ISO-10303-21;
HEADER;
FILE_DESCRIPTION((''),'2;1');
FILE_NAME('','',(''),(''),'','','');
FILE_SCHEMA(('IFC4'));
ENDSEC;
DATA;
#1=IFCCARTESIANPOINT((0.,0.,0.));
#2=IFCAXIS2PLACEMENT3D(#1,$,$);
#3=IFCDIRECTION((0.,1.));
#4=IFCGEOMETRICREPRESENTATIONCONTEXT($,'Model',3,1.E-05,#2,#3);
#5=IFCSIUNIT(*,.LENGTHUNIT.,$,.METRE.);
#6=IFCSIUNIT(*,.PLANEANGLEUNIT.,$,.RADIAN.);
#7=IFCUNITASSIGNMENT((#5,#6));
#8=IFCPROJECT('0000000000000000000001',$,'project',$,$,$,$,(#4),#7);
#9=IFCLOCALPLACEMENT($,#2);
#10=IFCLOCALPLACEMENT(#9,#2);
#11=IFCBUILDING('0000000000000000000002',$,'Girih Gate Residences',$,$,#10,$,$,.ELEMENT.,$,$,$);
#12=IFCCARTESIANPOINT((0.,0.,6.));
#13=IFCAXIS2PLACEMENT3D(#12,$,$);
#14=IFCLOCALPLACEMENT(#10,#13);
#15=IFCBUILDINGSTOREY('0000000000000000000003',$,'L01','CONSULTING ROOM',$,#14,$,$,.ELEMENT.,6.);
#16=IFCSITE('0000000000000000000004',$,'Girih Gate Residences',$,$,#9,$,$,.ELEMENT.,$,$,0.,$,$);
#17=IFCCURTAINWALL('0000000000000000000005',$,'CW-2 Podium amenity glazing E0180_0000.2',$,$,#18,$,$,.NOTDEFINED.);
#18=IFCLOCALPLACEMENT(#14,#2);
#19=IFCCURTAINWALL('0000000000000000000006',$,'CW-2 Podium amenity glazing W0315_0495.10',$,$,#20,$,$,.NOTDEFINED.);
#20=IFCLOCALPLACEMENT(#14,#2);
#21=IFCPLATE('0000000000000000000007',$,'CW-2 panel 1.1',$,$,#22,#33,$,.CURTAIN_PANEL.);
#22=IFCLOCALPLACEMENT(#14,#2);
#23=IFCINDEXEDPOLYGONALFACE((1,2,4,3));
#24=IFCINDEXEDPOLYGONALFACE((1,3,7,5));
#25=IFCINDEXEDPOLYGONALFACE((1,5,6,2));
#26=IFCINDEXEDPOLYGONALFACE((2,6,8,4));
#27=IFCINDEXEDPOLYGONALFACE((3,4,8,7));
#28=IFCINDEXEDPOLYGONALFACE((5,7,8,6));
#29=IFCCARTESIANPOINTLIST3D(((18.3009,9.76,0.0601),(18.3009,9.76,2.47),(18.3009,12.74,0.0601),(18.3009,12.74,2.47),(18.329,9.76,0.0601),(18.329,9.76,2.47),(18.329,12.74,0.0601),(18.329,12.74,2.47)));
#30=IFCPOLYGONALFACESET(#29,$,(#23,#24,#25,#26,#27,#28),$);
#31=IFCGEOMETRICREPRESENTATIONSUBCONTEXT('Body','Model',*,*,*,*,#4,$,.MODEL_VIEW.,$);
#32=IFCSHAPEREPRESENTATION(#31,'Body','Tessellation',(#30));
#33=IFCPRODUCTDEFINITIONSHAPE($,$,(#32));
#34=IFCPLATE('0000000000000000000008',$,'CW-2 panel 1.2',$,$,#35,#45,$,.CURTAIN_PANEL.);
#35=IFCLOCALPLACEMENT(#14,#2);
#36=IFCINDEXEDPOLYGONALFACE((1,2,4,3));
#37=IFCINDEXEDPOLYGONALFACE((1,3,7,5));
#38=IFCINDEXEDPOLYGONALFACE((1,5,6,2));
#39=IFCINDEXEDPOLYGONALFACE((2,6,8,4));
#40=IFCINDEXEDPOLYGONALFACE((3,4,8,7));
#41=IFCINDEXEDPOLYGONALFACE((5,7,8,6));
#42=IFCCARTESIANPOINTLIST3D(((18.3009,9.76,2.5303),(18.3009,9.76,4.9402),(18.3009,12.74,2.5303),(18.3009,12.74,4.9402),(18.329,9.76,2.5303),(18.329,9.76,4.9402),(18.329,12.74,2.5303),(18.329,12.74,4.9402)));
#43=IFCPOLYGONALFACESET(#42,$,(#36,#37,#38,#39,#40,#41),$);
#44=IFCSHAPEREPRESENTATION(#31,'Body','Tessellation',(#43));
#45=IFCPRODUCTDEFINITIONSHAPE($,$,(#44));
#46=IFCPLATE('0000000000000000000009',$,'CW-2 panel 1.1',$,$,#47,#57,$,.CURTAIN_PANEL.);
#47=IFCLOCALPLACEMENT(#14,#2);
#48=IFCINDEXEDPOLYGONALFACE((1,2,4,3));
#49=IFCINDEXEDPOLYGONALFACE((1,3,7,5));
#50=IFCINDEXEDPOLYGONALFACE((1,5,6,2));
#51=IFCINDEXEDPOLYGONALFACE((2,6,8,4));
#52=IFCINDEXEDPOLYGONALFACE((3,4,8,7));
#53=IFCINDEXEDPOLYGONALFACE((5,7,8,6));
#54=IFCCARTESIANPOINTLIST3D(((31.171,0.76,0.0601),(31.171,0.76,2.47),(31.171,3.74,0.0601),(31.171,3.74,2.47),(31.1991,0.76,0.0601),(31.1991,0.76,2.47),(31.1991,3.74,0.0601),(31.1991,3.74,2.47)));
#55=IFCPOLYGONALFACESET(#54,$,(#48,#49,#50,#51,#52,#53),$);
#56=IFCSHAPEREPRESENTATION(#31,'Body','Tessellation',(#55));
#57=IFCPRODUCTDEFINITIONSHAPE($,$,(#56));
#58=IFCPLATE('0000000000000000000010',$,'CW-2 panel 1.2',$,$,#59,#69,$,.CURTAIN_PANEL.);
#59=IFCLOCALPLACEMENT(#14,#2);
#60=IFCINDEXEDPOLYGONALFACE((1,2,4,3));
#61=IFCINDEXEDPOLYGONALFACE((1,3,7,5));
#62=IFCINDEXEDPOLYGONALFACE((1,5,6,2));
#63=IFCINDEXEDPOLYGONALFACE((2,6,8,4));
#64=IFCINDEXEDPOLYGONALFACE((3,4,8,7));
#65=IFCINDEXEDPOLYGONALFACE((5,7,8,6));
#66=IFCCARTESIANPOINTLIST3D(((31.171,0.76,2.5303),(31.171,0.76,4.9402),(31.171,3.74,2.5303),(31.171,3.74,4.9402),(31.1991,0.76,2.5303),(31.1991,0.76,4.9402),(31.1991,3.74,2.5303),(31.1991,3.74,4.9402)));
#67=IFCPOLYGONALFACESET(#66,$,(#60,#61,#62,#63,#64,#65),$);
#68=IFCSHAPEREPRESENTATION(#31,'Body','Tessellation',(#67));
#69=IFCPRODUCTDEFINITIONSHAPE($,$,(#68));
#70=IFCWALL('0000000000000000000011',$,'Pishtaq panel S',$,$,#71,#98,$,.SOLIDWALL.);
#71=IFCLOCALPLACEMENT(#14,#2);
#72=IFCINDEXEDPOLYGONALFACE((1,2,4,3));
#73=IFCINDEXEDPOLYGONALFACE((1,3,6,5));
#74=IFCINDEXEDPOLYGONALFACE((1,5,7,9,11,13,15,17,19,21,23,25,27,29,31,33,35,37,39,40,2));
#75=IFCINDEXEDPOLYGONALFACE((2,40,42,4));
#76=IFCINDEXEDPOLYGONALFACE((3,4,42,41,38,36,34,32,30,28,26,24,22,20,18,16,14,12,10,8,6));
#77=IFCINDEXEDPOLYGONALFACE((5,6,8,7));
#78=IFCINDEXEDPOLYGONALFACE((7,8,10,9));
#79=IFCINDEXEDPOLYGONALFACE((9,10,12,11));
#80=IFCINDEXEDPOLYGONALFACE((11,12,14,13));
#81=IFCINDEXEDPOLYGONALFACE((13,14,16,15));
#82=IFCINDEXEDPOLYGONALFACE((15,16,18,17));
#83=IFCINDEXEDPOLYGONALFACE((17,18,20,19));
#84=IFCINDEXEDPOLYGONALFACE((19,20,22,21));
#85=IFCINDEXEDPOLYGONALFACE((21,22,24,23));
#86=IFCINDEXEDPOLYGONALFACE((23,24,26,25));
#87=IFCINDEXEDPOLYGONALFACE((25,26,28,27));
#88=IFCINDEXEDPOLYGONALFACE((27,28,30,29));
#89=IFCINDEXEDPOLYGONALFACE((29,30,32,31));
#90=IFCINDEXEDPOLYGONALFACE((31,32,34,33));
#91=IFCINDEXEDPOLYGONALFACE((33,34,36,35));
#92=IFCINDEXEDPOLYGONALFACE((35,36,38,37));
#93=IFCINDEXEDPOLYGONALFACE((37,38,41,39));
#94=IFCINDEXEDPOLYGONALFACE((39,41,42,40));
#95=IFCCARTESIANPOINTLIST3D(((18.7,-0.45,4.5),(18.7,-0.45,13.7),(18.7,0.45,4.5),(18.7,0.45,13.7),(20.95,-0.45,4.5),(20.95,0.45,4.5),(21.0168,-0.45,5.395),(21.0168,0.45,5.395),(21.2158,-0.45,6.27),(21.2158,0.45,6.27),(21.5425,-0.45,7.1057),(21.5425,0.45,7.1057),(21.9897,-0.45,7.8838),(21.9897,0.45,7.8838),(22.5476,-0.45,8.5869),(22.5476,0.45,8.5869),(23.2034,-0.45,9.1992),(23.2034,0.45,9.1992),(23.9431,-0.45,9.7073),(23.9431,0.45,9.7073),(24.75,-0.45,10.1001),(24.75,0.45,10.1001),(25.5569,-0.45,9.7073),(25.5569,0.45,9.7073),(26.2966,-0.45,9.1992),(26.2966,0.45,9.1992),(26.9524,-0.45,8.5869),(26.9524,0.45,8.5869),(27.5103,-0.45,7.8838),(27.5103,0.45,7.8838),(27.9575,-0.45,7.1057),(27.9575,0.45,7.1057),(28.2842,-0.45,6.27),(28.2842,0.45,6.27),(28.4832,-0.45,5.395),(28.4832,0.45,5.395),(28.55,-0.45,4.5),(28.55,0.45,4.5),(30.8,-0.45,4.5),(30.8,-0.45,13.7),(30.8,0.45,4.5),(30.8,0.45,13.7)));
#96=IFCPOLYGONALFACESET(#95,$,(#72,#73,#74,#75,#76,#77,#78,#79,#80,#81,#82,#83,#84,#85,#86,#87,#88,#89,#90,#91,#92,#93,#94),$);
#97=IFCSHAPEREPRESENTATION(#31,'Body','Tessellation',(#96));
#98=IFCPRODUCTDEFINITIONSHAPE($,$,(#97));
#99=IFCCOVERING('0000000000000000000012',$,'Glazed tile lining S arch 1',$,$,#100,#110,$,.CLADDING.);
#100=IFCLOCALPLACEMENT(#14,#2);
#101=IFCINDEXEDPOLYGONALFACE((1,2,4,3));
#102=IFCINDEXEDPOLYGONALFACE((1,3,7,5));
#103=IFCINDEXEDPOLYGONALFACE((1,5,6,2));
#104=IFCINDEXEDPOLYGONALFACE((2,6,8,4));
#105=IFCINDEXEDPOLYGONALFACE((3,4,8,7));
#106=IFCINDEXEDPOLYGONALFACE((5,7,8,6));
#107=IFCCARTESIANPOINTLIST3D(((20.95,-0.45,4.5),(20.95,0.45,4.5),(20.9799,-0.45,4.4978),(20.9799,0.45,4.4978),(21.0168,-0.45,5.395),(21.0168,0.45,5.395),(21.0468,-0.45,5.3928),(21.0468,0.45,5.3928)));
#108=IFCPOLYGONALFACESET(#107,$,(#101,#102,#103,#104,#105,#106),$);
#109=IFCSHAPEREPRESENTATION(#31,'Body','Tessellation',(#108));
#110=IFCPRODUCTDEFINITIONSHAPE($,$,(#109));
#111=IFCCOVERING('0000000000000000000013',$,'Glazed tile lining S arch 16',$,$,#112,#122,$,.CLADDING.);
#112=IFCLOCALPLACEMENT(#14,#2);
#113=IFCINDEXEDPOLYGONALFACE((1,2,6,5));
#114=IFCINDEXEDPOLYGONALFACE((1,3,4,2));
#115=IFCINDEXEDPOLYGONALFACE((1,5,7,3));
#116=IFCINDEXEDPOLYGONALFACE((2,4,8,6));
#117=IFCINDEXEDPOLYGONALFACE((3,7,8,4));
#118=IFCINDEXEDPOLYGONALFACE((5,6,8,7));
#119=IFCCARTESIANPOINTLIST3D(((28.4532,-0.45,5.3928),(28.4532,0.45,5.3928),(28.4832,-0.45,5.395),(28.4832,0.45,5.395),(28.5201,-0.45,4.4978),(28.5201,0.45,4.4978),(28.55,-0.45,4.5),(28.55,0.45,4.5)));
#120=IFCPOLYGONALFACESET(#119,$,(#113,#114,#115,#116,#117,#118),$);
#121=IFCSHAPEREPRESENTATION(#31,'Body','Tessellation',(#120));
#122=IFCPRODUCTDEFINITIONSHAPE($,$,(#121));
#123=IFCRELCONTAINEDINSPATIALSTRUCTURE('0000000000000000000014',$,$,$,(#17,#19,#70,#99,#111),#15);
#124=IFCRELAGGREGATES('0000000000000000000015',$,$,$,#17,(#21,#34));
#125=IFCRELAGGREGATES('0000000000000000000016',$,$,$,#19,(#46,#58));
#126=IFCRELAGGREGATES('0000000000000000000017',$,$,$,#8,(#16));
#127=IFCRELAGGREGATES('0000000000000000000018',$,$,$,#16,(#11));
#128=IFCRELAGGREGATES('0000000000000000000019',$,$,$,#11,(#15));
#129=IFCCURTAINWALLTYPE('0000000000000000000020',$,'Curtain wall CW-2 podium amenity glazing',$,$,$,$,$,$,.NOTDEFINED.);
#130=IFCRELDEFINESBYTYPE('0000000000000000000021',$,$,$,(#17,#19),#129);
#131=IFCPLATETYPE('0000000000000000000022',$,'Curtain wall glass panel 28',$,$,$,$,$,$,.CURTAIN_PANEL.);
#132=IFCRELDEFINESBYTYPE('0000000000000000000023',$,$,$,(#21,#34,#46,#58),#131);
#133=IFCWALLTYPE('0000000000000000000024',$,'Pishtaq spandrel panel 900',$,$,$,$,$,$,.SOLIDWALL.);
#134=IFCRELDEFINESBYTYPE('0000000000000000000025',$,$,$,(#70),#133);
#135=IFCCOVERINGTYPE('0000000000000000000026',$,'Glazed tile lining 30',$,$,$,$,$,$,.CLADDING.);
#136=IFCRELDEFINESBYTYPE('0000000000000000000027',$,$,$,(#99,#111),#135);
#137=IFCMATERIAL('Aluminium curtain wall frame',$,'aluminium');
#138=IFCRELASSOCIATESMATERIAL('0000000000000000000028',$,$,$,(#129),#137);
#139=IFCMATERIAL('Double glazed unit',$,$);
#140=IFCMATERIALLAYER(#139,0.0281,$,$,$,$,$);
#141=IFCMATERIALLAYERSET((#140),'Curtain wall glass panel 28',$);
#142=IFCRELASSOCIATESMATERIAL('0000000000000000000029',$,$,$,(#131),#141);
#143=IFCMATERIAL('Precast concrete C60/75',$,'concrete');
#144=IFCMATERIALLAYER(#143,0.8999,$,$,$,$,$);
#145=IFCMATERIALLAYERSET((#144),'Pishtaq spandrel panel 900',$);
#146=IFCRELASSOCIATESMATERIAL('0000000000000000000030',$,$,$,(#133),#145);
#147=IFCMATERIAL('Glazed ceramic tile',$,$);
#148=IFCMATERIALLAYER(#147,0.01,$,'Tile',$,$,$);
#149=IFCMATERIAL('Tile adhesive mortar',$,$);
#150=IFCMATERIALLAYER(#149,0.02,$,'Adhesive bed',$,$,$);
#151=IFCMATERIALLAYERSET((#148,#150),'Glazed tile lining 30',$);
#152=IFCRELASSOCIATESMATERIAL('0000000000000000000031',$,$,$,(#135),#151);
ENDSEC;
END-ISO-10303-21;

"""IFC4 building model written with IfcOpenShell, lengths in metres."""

from ifc_helpers import new_model, si_unit, direction, frame, origin, origin_2d, place, context, subcontext, project, spatial, polyline, rectangle, outline, extrude, material, layer, layer_set, type_object, element, aggregate, save


model = new_model("IFC4")

# Units and contexts
model_context = context("Model", 3, precision=1e-05, world=origin(), true_north=direction((0.0, 1.0)))
body_context = subcontext(model_context, "Body", "Model", "MODEL_VIEW")
ifc_project = project(units=[si_unit("LENGTHUNIT", "METRE"), si_unit("PLANEANGLEUNIT", "RADIAN")], contexts=[model_context])

# Site, building, storey
site_placement = place(None, origin())
site = spatial("IfcSite", under=ifc_project, at=site_placement, Name="Girih Gate Residences", CompositionType="ELEMENT", RefElevation=0.0)
building_placement = place(site_placement, origin())
building = spatial("IfcBuilding", under=site, at=building_placement, Name="Girih Gate Residences", CompositionType="ELEMENT")
storey_placement = place(building_placement, frame((0.0, 0.0, 6.0)))
storey = spatial("IfcBuildingStorey", under=building, at=storey_placement, Name="L01", Description="CONSULTING ROOM", CompositionType="ELEMENT", Elevation=6.0)

# Shared definitions
ifc_material_1 = material(Name="Aluminium curtain wall frame", Category="aluminium")
curtain_wall_type = type_object("IfcCurtainWallType", Name="Curtain wall CW-2 podium amenity glazing", PredefinedType="NOTDEFINED", material=ifc_material_1)

# Curtain walls
curtain_wall_1_placement = place(storey_placement, origin())
curtain_wall_1 = element("IfcCurtainWall", 1, at=curtain_wall_1_placement, inside=storey, type_object=curtain_wall_type, Name="CW-2 Podium amenity glazing E0180_0000.2", PredefinedType="NOTDEFINED")
curtain_wall_2_placement = place(storey_placement, origin())
curtain_wall_2 = element("IfcCurtainWall", 2, at=curtain_wall_2_placement, inside=storey, type_object=curtain_wall_type, Name="CW-2 Podium amenity glazing W0315_0495.10", PredefinedType="NOTDEFINED")

# Plates
ifc_material_2 = material(Name="Double glazed unit")
ifc_layer_1 = layer(ifc_material_2, 0.0281)
ifc_layer_set_1 = layer_set([ifc_layer_1], Name="Curtain wall glass panel 28")
plate_type = type_object("IfcPlateType", Name="Curtain wall glass panel 28", PredefinedType="CURTAIN_PANEL", material=ifc_layer_set_1)
plate_1_placement = place(storey_placement, frame((18.3149, 11.25, 0.0601), z_axis=(0.0, 0.0, 1.0), x_axis=(0.0, 1.0, 0.0)))
plate_1 = element("IfcPlate", 3, at=plate_1_placement, type_object=plate_type, Name="CW-2 panel 1.1", PredefinedType="CURTAIN_PANEL", context=body_context, shape_type="SweptSolid", body=[
    extrude(rectangle(XDim=2.98, YDim=0.0281, at=origin_2d()), origin(), (0.0, 0.0, 1.0), 2.4099),
])
plate_2_placement = place(storey_placement, frame((18.3149, 11.25, 2.5303), z_axis=(0.0, 0.0, 1.0), x_axis=(0.0, 1.0, 0.0)))
plate_2 = element("IfcPlate", 4, at=plate_2_placement, type_object=plate_type, Name="CW-2 panel 1.2", PredefinedType="CURTAIN_PANEL", context=body_context, shape_type="SweptSolid", body=[
    extrude(rectangle(XDim=2.98, YDim=0.0281, at=origin_2d()), origin(), (0.0, 0.0, 1.0), 2.4099),
])
aggregate(curtain_wall_1, [plate_1, plate_2])
plate_3_placement = place(storey_placement, frame((31.1851, 2.25, 0.0601), z_axis=(0.0, 0.0, 1.0), x_axis=(0.0, -1.0, 0.0)))
plate_3 = element("IfcPlate", 5, at=plate_3_placement, type_object=plate_type, Name="CW-2 panel 1.1", PredefinedType="CURTAIN_PANEL", context=body_context, shape_type="SweptSolid", body=[
    extrude(rectangle(XDim=2.98, YDim=0.0281, at=origin_2d()), origin(), (0.0, 0.0, 1.0), 2.4099),
])
plate_4_placement = place(storey_placement, frame((31.1851, 2.25, 2.5303), z_axis=(0.0, 0.0, 1.0), x_axis=(0.0, -1.0, 0.0)))
plate_4 = element("IfcPlate", 6, at=plate_4_placement, type_object=plate_type, Name="CW-2 panel 1.2", PredefinedType="CURTAIN_PANEL", context=body_context, shape_type="SweptSolid", body=[
    extrude(rectangle(XDim=2.98, YDim=0.0281, at=origin_2d()), origin(), (0.0, 0.0, 1.0), 2.4099),
])
aggregate(curtain_wall_2, [plate_3, plate_4])

# Wall
ifc_material_3 = material(Name="Precast concrete C60/75", Category="concrete")
ifc_layer_2 = layer(ifc_material_3, 0.8999)
ifc_layer_set_2 = layer_set([ifc_layer_2], Name="Pishtaq spandrel panel 900")
wall_type = type_object("IfcWallType", Name="Pishtaq spandrel panel 900", PredefinedType="SOLIDWALL", material=ifc_layer_set_2)
wall_placement = place(storey_placement, frame((18.7, 0.45, 13.7), z_axis=(0.0, 1.0, 0.0), x_axis=(1.0, 0.0, 0.0)))
element("IfcWall", 7, at=wall_placement, inside=storey, type_object=wall_type, Name="Pishtaq panel S", PredefinedType="SOLIDWALL", context=body_context, shape_type="SweptSolid", body=[
    extrude(outline(polyline([(0.0, 0.0), (12.1001, 0.0), (12.1001, 9.2), (9.8501, 9.2), (9.8501, 9.2), (9.7832, 8.3049), (9.5842, 7.4299), (9.2576, 6.5942), (8.8103, 5.8162), (8.2524, 5.113), (7.5967, 4.5007), (6.8569, 3.9927), (6.05, 3.5999), (5.2432, 3.9927), (4.5034, 4.5007), (3.8477, 5.113), (3.2898, 5.8162), (2.8425, 6.5942), (2.5159, 7.4299), (2.3169, 8.3049), (2.25, 9.2), (2.25, 9.2), (0.0, 9.2), (0.0, 0.0)])), origin(), (0.0, 0.0, -1.0), 0.8999),
])

# Coverings
ifc_material_4 = material(Name="Glazed ceramic tile")
ifc_layer_3 = layer(ifc_material_4, 0.01, Name="Tile")
ifc_material_5 = material(Name="Tile adhesive mortar")
ifc_layer_4 = layer(ifc_material_5, 0.02, Name="Adhesive bed")
ifc_layer_set_3 = layer_set([ifc_layer_3, ifc_layer_4], Name="Glazed tile lining 30")
covering_type = type_object("IfcCoveringType", Name="Glazed tile lining 30", PredefinedType="CLADDING", material=ifc_layer_set_3)
for number, where, z_axis, x_axis, name in (
    (8, (20.95, -0.45, 4.5), (-0.997219, 0.0, 0.074533), (0.074533, 0.0, 0.997219), "Glazed tile lining S arch 1"),
    (9, (28.4832, -0.45, 5.395), (0.997219, 0.0, 0.074533), (0.074533, 0.0, -0.997219), "Glazed tile lining S arch 16"),
):
    element("IfcCovering", number, at=place(storey_placement, frame(where, z_axis=z_axis, x_axis=x_axis)), inside=storey, type_object=covering_type, Name=name, PredefinedType="CLADDING", context=body_context, shape_type="SweptSolid", body=[
        extrude(outline(polyline([(0.0, 0.0), (0.8975, 0.0), (0.8975, 0.8999), (0.0, 0.8999), (0.0, 0.0)])), origin(), (0.0, 0.0, -1.0), 0.03),
    ])

save(model, "model.ifc")
